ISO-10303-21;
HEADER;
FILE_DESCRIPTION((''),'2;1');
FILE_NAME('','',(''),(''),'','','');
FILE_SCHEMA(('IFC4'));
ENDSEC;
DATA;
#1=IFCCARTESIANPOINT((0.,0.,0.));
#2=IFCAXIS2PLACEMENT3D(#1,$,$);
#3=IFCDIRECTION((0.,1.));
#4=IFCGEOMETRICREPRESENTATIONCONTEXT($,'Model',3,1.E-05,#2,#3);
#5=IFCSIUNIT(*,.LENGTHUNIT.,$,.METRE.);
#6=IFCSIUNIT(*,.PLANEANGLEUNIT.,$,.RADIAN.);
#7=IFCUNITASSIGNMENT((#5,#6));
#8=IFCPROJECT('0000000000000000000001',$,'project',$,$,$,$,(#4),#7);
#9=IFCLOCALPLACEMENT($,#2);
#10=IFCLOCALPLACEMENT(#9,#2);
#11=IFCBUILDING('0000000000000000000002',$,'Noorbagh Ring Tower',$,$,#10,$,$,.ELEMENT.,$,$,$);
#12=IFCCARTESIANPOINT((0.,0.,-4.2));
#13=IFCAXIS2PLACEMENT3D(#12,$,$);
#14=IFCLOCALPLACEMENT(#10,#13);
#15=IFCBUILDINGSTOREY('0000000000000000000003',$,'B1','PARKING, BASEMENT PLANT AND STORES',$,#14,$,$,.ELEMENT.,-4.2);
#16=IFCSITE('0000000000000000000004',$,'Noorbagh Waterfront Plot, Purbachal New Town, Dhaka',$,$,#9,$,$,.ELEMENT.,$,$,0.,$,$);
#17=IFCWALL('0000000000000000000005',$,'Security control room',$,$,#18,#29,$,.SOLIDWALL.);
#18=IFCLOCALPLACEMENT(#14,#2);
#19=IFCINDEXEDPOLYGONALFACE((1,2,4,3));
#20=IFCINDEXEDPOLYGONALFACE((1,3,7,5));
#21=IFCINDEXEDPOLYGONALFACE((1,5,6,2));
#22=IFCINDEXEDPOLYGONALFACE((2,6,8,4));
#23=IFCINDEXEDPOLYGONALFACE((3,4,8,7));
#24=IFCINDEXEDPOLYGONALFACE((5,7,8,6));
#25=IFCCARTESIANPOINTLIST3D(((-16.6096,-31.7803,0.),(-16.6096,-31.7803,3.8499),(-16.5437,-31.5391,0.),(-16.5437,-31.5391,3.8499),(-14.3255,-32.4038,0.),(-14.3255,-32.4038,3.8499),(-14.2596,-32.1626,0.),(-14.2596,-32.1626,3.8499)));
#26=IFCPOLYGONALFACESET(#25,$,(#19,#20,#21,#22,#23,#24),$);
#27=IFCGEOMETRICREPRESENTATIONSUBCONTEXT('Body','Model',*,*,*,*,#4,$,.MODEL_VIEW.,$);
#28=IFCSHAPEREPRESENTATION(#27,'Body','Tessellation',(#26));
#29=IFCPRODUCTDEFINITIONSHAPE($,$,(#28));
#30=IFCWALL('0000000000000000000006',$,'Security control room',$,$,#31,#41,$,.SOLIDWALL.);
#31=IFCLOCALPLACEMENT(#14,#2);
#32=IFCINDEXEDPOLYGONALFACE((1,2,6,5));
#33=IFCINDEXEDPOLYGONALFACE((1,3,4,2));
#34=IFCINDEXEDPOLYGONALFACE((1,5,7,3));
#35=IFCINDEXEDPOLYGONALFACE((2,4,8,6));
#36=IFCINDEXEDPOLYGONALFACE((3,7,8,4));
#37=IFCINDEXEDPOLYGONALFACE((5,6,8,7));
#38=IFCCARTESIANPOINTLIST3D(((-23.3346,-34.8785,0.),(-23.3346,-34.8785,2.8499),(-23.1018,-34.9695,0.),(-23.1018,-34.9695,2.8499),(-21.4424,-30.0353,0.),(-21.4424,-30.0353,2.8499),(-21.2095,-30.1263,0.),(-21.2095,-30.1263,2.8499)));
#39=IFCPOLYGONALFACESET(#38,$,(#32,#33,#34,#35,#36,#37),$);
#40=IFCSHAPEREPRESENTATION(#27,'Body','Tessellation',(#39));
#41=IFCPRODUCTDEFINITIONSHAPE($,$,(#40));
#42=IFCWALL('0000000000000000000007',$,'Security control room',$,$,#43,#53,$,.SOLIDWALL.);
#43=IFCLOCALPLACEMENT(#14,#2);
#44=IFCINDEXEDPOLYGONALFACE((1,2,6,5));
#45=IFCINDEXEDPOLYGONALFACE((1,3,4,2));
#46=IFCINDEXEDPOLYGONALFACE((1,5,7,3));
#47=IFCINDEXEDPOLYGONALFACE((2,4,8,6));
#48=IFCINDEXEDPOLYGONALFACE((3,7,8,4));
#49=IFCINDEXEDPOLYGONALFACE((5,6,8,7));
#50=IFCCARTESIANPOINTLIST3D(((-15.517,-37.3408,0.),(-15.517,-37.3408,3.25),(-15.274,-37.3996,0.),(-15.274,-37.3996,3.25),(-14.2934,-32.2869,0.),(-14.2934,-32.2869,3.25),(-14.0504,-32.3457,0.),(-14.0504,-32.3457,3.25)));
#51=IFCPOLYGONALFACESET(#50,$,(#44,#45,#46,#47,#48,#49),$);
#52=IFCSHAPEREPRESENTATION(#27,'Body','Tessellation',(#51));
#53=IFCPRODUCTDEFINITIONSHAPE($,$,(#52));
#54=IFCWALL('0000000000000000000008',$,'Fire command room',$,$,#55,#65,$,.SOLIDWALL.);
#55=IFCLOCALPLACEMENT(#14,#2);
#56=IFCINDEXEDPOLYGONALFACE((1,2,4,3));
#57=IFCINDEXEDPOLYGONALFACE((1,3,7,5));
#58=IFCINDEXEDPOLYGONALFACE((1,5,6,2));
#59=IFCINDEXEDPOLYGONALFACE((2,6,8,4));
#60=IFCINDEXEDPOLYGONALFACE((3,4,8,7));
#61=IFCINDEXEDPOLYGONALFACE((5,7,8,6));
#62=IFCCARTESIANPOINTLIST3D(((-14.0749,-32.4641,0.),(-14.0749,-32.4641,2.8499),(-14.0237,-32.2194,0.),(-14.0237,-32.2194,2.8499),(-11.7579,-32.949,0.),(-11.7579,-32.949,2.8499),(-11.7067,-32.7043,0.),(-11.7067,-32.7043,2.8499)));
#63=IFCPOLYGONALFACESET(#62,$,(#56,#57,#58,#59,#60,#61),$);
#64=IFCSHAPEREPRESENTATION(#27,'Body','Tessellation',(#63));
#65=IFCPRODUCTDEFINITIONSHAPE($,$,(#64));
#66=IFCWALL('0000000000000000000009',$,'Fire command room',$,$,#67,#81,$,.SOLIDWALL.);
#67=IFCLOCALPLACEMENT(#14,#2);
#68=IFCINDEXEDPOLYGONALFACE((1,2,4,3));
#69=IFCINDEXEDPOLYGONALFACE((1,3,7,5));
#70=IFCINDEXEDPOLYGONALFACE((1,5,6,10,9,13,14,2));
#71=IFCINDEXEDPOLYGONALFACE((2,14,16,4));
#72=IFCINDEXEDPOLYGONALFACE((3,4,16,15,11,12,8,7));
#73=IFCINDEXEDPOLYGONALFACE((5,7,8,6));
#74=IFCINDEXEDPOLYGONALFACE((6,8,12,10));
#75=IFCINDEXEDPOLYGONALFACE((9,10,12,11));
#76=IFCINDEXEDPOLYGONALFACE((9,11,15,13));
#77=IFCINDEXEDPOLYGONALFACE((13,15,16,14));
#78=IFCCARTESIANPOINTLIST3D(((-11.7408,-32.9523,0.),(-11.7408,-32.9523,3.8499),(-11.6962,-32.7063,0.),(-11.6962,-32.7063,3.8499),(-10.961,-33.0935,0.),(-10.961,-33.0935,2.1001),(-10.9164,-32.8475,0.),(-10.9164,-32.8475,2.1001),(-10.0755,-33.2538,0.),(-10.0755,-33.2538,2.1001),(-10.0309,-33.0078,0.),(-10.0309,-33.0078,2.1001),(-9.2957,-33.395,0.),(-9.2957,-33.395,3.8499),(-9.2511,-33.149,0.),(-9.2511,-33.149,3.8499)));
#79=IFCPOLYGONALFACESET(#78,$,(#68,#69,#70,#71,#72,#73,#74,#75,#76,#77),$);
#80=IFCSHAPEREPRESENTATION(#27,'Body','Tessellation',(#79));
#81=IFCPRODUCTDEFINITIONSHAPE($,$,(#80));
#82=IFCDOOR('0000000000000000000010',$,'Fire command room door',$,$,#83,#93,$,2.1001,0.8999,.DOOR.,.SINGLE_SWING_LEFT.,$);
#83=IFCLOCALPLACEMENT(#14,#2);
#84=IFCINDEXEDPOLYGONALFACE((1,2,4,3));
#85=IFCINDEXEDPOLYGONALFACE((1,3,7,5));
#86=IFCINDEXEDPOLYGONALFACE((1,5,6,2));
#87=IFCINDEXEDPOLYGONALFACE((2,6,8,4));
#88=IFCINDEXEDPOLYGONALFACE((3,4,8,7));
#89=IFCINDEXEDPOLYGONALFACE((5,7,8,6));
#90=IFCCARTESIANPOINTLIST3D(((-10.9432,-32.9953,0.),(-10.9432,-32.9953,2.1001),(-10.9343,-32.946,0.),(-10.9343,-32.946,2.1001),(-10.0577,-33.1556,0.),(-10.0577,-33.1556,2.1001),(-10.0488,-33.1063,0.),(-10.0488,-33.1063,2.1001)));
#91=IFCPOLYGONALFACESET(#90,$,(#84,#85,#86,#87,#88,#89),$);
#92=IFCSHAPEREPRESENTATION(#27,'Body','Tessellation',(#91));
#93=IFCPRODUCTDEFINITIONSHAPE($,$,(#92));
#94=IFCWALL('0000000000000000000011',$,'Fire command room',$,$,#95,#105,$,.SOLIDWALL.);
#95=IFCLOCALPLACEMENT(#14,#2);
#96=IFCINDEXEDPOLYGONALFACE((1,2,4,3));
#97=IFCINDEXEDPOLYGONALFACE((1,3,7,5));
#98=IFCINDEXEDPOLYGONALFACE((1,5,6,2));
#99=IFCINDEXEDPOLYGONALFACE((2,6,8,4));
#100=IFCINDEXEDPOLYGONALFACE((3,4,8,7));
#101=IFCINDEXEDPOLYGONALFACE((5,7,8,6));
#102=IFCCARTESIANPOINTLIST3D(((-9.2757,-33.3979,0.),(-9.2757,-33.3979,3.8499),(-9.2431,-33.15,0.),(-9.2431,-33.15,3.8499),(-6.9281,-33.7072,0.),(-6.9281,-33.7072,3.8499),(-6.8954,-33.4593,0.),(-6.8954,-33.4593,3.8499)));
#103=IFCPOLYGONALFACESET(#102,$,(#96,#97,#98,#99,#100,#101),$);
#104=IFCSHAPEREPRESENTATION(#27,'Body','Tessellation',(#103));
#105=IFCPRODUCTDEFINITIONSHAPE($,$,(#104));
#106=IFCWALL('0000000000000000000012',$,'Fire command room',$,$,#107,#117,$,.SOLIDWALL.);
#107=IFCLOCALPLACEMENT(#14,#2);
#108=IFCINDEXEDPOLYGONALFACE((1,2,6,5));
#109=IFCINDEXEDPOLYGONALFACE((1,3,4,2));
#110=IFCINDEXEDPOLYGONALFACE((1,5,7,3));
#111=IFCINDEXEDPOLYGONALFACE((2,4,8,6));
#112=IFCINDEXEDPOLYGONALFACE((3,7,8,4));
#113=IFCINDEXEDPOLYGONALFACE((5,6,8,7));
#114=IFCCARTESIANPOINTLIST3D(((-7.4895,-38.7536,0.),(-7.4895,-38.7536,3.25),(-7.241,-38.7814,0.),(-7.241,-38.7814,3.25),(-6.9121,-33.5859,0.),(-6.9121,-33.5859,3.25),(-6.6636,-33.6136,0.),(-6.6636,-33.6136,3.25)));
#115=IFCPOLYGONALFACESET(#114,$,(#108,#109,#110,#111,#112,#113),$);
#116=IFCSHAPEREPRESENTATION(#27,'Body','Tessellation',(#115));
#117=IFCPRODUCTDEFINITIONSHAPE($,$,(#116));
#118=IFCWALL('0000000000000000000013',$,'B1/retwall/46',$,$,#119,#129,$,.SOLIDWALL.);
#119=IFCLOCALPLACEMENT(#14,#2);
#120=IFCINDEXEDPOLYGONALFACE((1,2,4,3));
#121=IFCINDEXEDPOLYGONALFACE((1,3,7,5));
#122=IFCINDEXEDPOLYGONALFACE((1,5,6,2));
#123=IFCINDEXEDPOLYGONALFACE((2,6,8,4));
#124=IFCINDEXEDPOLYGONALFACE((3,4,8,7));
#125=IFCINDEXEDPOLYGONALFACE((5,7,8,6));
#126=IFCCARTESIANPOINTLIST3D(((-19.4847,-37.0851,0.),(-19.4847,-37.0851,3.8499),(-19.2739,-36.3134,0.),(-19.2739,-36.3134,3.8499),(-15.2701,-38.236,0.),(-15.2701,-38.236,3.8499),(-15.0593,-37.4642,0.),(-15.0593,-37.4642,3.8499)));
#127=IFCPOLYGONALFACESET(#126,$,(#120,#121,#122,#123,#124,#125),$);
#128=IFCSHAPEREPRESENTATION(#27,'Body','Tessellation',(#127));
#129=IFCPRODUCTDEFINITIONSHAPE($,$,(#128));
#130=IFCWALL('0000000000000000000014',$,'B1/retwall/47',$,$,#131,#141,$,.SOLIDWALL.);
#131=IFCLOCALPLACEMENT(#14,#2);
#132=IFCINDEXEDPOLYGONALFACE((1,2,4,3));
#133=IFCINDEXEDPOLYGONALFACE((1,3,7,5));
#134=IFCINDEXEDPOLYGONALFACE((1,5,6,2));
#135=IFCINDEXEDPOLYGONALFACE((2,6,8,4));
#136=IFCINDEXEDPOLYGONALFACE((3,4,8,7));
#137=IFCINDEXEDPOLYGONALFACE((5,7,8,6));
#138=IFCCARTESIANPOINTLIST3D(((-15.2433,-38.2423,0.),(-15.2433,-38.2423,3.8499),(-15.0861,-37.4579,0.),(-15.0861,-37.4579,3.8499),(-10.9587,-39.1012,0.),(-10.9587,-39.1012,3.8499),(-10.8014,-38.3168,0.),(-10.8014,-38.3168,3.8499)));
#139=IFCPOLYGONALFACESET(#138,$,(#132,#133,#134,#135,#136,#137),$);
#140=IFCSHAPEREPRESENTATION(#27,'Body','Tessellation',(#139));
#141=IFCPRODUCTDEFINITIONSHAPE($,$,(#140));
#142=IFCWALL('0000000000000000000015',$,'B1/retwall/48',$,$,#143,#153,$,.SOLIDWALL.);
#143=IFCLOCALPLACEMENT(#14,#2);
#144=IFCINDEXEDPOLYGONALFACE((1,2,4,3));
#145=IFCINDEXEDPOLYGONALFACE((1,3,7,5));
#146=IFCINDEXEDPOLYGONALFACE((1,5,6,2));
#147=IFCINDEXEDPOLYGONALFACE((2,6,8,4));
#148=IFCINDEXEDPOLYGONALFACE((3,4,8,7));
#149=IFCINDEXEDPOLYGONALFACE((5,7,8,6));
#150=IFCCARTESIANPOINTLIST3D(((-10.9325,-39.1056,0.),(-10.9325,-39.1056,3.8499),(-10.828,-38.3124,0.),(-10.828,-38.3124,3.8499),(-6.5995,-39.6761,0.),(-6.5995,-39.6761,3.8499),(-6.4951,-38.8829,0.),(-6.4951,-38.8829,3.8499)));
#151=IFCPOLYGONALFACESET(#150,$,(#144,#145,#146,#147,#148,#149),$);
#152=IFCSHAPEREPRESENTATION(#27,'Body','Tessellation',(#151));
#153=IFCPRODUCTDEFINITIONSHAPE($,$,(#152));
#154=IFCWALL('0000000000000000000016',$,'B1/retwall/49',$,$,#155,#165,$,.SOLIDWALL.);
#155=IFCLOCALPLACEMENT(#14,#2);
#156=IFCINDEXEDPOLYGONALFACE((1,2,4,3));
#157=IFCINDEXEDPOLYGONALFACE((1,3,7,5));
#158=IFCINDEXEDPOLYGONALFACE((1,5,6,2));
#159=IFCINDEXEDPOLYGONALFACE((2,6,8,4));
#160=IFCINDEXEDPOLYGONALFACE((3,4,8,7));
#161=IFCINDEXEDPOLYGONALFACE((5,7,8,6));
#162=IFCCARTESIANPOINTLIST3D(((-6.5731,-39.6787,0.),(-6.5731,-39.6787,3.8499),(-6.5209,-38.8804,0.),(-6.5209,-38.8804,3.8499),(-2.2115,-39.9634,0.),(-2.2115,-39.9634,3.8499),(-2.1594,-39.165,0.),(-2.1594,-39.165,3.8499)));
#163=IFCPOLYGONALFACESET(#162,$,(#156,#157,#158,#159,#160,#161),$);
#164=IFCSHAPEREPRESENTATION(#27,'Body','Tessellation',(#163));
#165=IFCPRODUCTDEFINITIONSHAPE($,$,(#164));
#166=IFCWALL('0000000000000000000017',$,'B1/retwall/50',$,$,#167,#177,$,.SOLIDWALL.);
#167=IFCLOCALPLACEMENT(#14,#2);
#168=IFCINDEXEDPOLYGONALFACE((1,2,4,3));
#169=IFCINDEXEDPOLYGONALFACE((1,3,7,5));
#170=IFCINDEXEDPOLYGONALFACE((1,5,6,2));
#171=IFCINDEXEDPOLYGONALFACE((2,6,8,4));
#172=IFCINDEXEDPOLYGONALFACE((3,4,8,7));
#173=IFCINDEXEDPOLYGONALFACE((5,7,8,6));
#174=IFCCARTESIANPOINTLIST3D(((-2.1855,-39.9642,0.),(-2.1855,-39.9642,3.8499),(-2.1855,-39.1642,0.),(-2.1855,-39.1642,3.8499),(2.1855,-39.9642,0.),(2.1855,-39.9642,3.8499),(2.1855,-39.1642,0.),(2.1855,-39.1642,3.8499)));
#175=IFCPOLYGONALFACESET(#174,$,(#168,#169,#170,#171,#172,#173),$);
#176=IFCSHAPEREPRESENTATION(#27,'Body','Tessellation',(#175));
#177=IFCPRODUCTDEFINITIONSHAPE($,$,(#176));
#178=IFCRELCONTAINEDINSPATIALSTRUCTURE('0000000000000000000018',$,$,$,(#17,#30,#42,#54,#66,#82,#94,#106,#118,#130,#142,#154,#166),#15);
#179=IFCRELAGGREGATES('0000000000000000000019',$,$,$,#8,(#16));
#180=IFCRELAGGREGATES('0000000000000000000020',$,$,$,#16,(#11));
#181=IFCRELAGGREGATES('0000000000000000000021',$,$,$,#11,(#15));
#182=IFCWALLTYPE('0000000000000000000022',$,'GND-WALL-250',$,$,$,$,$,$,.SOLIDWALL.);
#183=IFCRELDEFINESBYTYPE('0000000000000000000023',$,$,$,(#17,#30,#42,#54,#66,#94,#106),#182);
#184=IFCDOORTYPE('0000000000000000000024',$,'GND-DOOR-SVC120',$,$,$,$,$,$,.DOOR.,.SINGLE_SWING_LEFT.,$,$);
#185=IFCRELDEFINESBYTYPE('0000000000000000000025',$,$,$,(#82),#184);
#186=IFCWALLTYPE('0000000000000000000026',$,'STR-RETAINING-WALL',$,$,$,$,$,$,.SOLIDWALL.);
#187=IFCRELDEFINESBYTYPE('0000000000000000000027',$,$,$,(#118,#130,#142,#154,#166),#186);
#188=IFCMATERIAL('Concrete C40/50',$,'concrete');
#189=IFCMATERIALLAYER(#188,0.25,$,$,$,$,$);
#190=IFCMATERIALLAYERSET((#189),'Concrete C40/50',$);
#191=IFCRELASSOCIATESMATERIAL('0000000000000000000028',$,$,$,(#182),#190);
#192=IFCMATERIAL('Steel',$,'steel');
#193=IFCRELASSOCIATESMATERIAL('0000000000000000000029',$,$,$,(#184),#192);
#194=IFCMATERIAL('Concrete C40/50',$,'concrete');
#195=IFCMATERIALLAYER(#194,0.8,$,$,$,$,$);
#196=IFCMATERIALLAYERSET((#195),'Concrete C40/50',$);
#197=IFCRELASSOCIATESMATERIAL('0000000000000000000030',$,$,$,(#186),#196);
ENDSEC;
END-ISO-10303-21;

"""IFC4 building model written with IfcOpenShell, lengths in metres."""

from ifc_helpers import new_model, si_unit, direction, frame, frame_2d, origin, place, context, subcontext, project, spatial, rectangle, extrude, material, layer, layer_set, type_object, element, fill, save


model = new_model("IFC4")

# Units and contexts
model_context = context("Model", 3, precision=1e-05, world=origin(), true_north=direction((0.0, 1.0)))
body_context = subcontext(model_context, "Body", "Model", "MODEL_VIEW")
ifc_project = project(units=[si_unit("LENGTHUNIT", "METRE"), si_unit("PLANEANGLEUNIT", "RADIAN")], contexts=[model_context])

# Site, building, storey
site_placement = place(None, origin())
site = spatial("IfcSite", under=ifc_project, at=site_placement, Name="Noorbagh Waterfront Plot, Purbachal New Town, Dhaka", CompositionType="ELEMENT", RefElevation=0.0)
building_placement = place(site_placement, origin())
building = spatial("IfcBuilding", under=site, at=building_placement, Name="Noorbagh Ring Tower", CompositionType="ELEMENT")
storey_placement = place(building_placement, frame((0.0, 0.0, -4.2)))
storey = spatial("IfcBuildingStorey", under=building, at=storey_placement, Name="B1", Description="PARKING, BASEMENT PLANT AND STORES", CompositionType="ELEMENT", Elevation=-4.2)

# Shared definitions
ifc_material_1 = material(Name="Concrete C40/50", Category="concrete")
ifc_layer_1 = layer(ifc_material_1, 0.25)
ifc_layer_set_1 = layer_set([ifc_layer_1], Name="Concrete C40/50")
wall_type_1 = type_object("IfcWallType", Name="GND-WALL-250", PredefinedType="SOLIDWALL", material=ifc_layer_set_1)

# Walls
wall_1_placement = place(storey_placement, frame((-16.5767, -31.6597, 0.0), z_axis=(0.0, 0.0, 1.0), x_axis=(0.964702, -0.263344, 0.0)))
element("IfcWall", 1, at=wall_1_placement, inside=storey, type_object=wall_type_1, Name="Security control room", PredefinedType="SOLIDWALL", context=body_context, shape_type="SweptSolid", body=[
    extrude(rectangle(XDim=2.3677, YDim=0.25, at=frame_2d((1.1838, 0.0))), origin(), (0.0, 0.0, 1.0), 3.8499),
])
wall_2_placement = place(storey_placement, frame((-21.3259, -30.0808, 0.0), z_axis=(0.0, 0.0, 1.0), x_axis=(-0.363923, -0.931429, 0.0)))
element("IfcWall", 2, at=wall_2_placement, inside=storey, type_object=wall_type_1, Name="Security control room", PredefinedType="SOLIDWALL", context=body_context, shape_type="SweptSolid", body=[
    extrude(rectangle(XDim=5.1997, YDim=0.25, at=frame_2d((2.5999, 0.0))), origin(), (0.0, 0.0, 1.0), 2.8499),
])
wall_3_placement = place(storey_placement, frame((-14.1719, -32.3162, 0.0), z_axis=(0.0, 0.0, 1.0), x_axis=(-0.235315, -0.971919, 0.0)))
element("IfcWall", 3, at=wall_3_placement, inside=storey, type_object=wall_type_1, Name="Security control room", PredefinedType="SOLIDWALL", context=body_context, shape_type="SweptSolid", body=[
    extrude(rectangle(XDim=5.2, YDim=0.25, at=frame_2d((2.6001, 0.0))), origin(), (0.0, 0.0, 1.0), 3.25),
])
wall_4_placement = place(storey_placement, frame((-14.0493, -32.3418, 0.0), z_axis=(0.0, 0.0, 1.0), x_axis=(0.978796, -0.204836, 0.0)))
element("IfcWall", 4, at=wall_4_placement, inside=storey, type_object=wall_type_1, Name="Fire command room", PredefinedType="SOLIDWALL", context=body_context, shape_type="SweptSolid", body=[
    extrude(rectangle(XDim=2.3672, YDim=0.25, at=frame_2d((1.1836, 0.0))), origin(), (0.0, 0.0, 1.0), 2.8499),
])

# Wall, opening, door
wall_5_placement = place(storey_placement, frame((-11.7185, -32.8293, 0.0), z_axis=(0.0, 0.0, 1.0), x_axis=(0.984006, -0.178133, 0.0)))
wall_5 = element("IfcWall", 5, at=wall_5_placement, inside=storey, type_object=wall_type_1, Name="Fire command room", PredefinedType="SOLIDWALL", context=body_context, shape_type="SweptSolid", body=[
    extrude(rectangle(XDim=2.4849, YDim=0.25, at=frame_2d((1.2424, 0.0))), origin(), (0.0, 0.0, 1.0), 3.8499),
])
opening_1_placement = place(wall_5_placement, frame((0.7925, 0.0, 0.0)))
opening_1 = element("IfcOpeningElement", 6, at=opening_1_placement, cuts=wall_5, PredefinedType="OPENING", context=body_context, shape_type="SweptSolid", body=[
    extrude(rectangle(XDim=0.8999, YDim=2.1001, at=frame_2d((0.45, 1.05))), frame((0.0, 0.135, 0.0), z_axis=(0.0, -1.0, 0.0), x_axis=(1.0, 0.0, 0.0)), (0.0, 0.0, 1.0), 0.27),
])
ifc_material_2 = material(Name="Steel", Category="steel")
door_type_1 = type_object("IfcDoorType", Name="GND-DOOR-SVC120", OperationType="SINGLE_SWING_LEFT", PredefinedType="DOOR", material=ifc_material_2)
door_1_placement = place(opening_1_placement, origin())
door_1 = element("IfcDoor", 7, at=door_1_placement, inside=storey, type_object=door_type_1, Name="Fire command room door", OperationType="SINGLE_SWING_LEFT", OverallHeight=2.1001, OverallWidth=0.8999, PredefinedType="DOOR", context=body_context, shape_type="SweptSolid", body=[
    extrude(rectangle(XDim=0.8999, YDim=2.1001, at=frame_2d((0.45, 1.05))), frame((0.0, 0.0249, 0.0), z_axis=(0.0, -1.0, 0.0), x_axis=(1.0, 0.0, 0.0)), (0.0, 0.0, 1.0), 0.05),
])
fill(opening_1, door_1)

# Walls
wall_6_placement = place(storey_placement, frame((-9.2595, -33.2739, 0.0), z_axis=(0.0, 0.0, 1.0), x_axis=(0.991431, -0.130631, 0.0)))
element("IfcWall", 8, at=wall_6_placement, inside=storey, type_object=wall_type_1, Name="Fire command room", PredefinedType="SOLIDWALL", context=body_context, shape_type="SweptSolid", body=[
    extrude(rectangle(XDim=2.3679, YDim=0.25, at=frame_2d((1.1841, 0.0))), origin(), (0.0, 0.0, 1.0), 3.8499),
])
wall_7_placement = place(storey_placement, frame((-6.7878, -33.5996, 0.0), z_axis=(0.0, 0.0, 1.0), x_axis=(-0.11104, -0.993816, 0.0)))
element("IfcWall", 9, at=wall_7_placement, inside=storey, type_object=wall_type_1, Name="Fire command room", PredefinedType="SOLIDWALL", context=body_context, shape_type="SweptSolid", body=[
    extrude(rectangle(XDim=5.2, YDim=0.25, at=frame_2d((2.6001, 0.0))), origin(), (0.0, 0.0, 1.0), 3.25),
])
ifc_material_3 = material(Name="Concrete C40/50", Category="concrete")
ifc_layer_2 = layer(ifc_material_3, 0.8)
ifc_layer_set_2 = layer_set([ifc_layer_2], Name="Concrete C40/50")
wall_type_2 = type_object("IfcWallType", Name="STR-RETAINING-WALL", PredefinedType="SOLIDWALL", material=ifc_layer_set_2)
wall_8_placement = place(storey_placement, frame((-19.3794, -36.6992, 0.0), z_axis=(0.0, 0.0, 1.0), x_axis=(0.96468, -0.263425, 0.0)))
element("IfcWall", 10, at=wall_8_placement, inside=storey, type_object=wall_type_2, Name="B1/retwall/46", PredefinedType="SOLIDWALL", context=body_context, shape_type="SweptSolid", body=[
    extrude(rectangle(XDim=4.3689, YDim=0.8, at=frame_2d((2.1846, 0.0))), origin(), (0.0, 0.0, 1.0), 3.8499),
])
wall_9_placement = place(storey_placement, frame((-15.1648, -37.8501, 0.0), z_axis=(0.0, 0.0, 1.0), x_axis=(0.980495, -0.196546, 0.0)))
element("IfcWall", 11, at=wall_9_placement, inside=storey, type_object=wall_type_2, Name="B1/retwall/47", PredefinedType="SOLIDWALL", context=body_context, shape_type="SweptSolid", body=[
    extrude(rectangle(XDim=4.3699, YDim=0.8, at=frame_2d((2.1851, 0.0))), origin(), (0.0, 0.0, 1.0), 3.8499),
])
wall_10_placement = place(storey_placement, frame((-10.8801, -38.709, 0.0), z_axis=(0.0, 0.0, 1.0), x_axis=(0.991442, -0.13055, 0.0)))
element("IfcWall", 12, at=wall_10_placement, inside=storey, type_object=wall_type_2, Name="B1/retwall/48", PredefinedType="SOLIDWALL", context=body_context, shape_type="SweptSolid", body=[
    extrude(rectangle(XDim=4.3704, YDim=0.8, at=frame_2d((2.1851, 0.0))), origin(), (0.0, 0.0, 1.0), 3.8499),
])
wall_11_placement = place(storey_placement, frame((-6.5471, -39.2795, 0.0), z_axis=(0.0, 0.0, 1.0), x_axis=(0.997877, -0.065129, 0.0)))
element("IfcWall", 13, at=wall_11_placement, inside=storey, type_object=wall_type_2, Name="B1/retwall/49", PredefinedType="SOLIDWALL", context=body_context, shape_type="SweptSolid", body=[
    extrude(rectangle(XDim=4.3708, YDim=0.8, at=frame_2d((2.1855, 0.0))), origin(), (0.0, 0.0, 1.0), 3.8499),
])
wall_12_placement = place(storey_placement, frame((-2.1855, -39.5642, 0.0), z_axis=(0.0, 0.0, 1.0), x_axis=(1.0, 0.0, 0.0)))
element("IfcWall", 14, at=wall_12_placement, inside=storey, type_object=wall_type_2, Name="B1/retwall/50", PredefinedType="SOLIDWALL", context=body_context, shape_type="SweptSolid", body=[
    extrude(rectangle(XDim=4.3711, YDim=0.8, at=frame_2d((2.1855, 0.0))), origin(), (0.0, 0.0, 1.0), 3.8499),
])

save(model, "model.ifc")
